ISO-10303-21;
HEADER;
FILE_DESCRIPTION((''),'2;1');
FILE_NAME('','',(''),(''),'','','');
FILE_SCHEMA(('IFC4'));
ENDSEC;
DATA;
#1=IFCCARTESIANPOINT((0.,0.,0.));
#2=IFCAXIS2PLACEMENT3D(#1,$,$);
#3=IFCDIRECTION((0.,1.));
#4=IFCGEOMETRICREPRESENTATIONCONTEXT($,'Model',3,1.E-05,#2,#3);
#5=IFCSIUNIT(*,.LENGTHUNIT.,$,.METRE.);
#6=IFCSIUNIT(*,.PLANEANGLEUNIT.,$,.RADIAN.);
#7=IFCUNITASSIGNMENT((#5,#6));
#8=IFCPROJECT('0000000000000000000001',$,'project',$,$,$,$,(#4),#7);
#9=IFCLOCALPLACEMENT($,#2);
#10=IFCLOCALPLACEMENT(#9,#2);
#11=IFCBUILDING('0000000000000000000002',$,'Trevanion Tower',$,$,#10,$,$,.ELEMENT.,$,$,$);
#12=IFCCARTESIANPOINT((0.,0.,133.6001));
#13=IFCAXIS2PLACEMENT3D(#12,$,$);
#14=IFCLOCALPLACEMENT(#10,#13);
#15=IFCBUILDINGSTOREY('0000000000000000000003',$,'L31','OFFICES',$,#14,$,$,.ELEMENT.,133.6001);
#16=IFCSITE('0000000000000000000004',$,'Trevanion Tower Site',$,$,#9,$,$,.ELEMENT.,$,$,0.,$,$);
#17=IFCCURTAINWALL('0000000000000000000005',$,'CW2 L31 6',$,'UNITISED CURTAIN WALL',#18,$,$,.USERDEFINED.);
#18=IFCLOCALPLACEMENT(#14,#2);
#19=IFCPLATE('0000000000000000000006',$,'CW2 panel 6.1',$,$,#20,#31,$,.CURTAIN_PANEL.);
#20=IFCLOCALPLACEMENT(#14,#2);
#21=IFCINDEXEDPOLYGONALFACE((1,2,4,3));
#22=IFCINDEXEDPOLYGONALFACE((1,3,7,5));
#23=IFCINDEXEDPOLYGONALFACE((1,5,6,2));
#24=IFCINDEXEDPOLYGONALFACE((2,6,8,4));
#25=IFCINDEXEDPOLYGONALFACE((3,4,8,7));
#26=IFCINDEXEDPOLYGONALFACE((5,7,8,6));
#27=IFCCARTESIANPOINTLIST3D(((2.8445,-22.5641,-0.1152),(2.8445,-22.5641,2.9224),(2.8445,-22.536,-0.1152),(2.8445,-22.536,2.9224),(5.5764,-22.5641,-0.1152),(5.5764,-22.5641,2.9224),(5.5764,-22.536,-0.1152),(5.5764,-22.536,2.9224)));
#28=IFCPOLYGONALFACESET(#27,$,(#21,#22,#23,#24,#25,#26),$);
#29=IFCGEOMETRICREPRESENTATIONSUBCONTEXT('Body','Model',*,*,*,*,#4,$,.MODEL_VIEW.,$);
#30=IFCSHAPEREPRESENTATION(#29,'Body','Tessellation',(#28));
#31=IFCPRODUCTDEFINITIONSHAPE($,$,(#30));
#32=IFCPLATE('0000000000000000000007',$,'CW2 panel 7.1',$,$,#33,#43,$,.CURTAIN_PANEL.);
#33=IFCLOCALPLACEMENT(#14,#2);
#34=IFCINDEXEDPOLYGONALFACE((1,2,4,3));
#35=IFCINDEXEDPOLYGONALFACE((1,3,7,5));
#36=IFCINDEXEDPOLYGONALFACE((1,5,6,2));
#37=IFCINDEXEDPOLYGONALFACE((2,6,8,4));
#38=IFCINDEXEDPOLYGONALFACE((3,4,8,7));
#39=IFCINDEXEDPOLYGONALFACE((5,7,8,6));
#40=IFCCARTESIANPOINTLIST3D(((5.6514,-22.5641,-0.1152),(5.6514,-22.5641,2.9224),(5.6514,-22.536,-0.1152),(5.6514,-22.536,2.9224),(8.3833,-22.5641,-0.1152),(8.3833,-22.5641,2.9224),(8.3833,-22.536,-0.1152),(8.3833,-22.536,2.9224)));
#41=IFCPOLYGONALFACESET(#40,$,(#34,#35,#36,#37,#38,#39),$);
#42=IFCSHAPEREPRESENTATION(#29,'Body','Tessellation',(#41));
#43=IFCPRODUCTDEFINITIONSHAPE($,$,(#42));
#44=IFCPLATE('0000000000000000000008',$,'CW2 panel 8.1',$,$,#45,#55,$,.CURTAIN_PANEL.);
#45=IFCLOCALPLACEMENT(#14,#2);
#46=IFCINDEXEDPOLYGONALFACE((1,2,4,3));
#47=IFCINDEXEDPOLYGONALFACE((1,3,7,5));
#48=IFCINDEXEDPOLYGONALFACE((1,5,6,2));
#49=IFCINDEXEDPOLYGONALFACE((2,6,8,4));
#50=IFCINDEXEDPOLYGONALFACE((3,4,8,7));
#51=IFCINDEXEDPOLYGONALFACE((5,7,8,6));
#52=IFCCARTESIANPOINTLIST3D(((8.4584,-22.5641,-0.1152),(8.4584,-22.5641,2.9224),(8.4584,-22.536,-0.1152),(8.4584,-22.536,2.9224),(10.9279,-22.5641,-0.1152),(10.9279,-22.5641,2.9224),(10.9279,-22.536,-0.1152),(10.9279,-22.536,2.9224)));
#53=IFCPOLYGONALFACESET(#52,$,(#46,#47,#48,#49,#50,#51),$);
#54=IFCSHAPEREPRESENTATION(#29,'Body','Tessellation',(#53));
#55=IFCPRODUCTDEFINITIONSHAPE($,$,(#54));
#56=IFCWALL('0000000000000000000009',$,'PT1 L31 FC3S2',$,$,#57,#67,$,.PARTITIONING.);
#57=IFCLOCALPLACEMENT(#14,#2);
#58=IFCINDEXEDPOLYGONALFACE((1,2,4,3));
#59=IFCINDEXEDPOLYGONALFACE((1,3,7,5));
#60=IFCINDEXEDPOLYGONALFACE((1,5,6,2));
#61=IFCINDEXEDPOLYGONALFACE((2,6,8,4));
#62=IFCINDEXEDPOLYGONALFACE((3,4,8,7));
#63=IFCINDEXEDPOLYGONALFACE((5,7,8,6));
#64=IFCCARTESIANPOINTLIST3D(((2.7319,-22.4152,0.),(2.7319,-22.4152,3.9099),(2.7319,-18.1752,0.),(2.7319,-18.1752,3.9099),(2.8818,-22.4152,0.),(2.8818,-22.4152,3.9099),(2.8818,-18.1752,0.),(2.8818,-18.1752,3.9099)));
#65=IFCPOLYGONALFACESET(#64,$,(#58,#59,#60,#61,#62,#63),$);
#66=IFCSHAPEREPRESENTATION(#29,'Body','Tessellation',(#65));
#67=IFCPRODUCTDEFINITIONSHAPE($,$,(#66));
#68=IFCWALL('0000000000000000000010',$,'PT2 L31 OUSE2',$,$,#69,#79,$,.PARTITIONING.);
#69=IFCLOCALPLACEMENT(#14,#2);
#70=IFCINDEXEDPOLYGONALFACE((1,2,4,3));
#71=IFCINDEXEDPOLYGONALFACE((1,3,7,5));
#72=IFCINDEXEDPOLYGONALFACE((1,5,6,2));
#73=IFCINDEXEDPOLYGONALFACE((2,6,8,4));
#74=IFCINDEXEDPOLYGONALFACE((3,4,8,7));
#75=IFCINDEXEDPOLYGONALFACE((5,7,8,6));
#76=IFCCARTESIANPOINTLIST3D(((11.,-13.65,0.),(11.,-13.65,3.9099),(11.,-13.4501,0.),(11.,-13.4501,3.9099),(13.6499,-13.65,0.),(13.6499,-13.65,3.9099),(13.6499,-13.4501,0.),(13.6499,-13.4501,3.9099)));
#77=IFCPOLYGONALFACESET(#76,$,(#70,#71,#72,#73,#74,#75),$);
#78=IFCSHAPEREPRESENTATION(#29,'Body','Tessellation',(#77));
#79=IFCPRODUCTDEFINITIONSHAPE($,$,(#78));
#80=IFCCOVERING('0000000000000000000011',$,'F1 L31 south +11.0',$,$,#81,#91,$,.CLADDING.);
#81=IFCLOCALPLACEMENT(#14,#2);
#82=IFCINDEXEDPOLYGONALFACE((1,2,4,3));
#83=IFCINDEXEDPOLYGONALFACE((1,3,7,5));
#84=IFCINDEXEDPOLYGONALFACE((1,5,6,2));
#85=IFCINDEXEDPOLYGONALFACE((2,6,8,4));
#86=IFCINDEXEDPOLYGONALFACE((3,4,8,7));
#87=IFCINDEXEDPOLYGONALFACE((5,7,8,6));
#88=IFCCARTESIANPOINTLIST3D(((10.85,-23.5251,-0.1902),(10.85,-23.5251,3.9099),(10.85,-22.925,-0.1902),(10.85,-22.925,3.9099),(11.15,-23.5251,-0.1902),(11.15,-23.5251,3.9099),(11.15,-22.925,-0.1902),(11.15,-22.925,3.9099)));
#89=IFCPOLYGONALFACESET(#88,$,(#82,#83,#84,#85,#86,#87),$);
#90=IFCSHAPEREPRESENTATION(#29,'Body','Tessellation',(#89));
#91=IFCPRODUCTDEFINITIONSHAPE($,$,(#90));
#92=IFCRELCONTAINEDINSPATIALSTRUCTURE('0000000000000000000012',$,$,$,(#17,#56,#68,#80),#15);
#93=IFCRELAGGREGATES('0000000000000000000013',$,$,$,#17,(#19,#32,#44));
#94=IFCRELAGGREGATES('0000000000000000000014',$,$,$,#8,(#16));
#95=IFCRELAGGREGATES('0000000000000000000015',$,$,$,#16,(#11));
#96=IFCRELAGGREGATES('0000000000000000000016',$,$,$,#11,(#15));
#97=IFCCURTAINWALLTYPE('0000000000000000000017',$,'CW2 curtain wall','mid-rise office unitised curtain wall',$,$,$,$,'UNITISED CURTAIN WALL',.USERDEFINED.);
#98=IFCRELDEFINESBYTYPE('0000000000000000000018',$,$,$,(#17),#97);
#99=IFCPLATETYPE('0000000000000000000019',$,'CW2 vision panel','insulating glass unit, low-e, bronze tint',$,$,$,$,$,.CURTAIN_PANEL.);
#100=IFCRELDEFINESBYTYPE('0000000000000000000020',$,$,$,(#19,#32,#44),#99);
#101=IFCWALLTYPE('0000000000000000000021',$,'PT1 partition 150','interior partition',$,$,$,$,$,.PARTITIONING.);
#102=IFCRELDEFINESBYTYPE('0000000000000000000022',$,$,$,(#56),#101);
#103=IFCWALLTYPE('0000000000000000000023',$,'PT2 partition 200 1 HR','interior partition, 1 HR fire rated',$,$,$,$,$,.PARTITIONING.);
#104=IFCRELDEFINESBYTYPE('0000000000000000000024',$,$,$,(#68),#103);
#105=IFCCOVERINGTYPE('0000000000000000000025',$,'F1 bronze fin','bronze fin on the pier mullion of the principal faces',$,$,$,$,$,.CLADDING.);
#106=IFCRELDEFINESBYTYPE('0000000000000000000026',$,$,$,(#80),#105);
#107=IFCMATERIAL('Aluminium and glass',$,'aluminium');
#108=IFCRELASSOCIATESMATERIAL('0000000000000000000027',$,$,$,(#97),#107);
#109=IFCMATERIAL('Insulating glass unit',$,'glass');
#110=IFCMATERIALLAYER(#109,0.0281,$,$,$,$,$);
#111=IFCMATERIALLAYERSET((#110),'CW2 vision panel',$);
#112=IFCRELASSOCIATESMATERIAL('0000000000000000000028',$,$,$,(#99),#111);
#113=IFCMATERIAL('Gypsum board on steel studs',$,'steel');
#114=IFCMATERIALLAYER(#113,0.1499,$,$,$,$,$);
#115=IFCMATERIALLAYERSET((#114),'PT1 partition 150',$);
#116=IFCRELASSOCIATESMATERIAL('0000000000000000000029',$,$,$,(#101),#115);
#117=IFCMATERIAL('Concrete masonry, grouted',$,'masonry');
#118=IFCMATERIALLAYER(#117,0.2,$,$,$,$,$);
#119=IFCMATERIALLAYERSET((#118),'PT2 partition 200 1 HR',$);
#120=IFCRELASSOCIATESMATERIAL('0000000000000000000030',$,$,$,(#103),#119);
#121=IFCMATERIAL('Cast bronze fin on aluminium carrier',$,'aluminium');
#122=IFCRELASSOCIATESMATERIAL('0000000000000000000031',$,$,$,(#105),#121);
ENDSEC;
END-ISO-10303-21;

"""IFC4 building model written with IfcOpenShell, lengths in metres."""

from ifc_helpers import new_model, si_unit, direction, frame, frame_2d, origin, origin_2d, place, context, subcontext, project, spatial, rectangle, extrude, material, layer, layer_set, type_object, element, aggregate, save


model = new_model("IFC4")

# Units and contexts
model_context = context("Model", 3, precision=1e-05, world=origin(), true_north=direction((0.0, 1.0)))
body_context = subcontext(model_context, "Body", "Model", "MODEL_VIEW")
ifc_project = project(units=[si_unit("LENGTHUNIT", "METRE"), si_unit("PLANEANGLEUNIT", "RADIAN")], contexts=[model_context])

# Site, building, storey
site_placement = place(None, origin())
site = spatial("IfcSite", under=ifc_project, at=site_placement, Name="Trevanion Tower Site", CompositionType="ELEMENT", RefElevation=0.0)
building_placement = place(site_placement, origin())
building = spatial("IfcBuilding", under=site, at=building_placement, Name="Trevanion Tower", CompositionType="ELEMENT")
storey_placement = place(building_placement, frame((0.0, 0.0, 133.6001)))
storey = spatial("IfcBuildingStorey", under=building, at=storey_placement, Name="L31", Description="OFFICES", CompositionType="ELEMENT", Elevation=133.6001)

# Curtain wall
ifc_material_1 = material(Name="Aluminium and glass", Category="aluminium")
curtain_wall_type = type_object("IfcCurtainWallType", Name="CW2 curtain wall", Description="mid-rise office unitised curtain wall", ElementType="UNITISED CURTAIN WALL", PredefinedType="USERDEFINED", material=ifc_material_1)
curtain_wall_1_placement = place(storey_placement, origin())
curtain_wall_1 = element("IfcCurtainWall", 1, at=curtain_wall_1_placement, inside=storey, type_object=curtain_wall_type, Name="CW2 L31 6", ObjectType="UNITISED CURTAIN WALL", PredefinedType="USERDEFINED")

# Plates
ifc_material_2 = material(Name="Insulating glass unit", Category="glass")
ifc_layer_1 = layer(ifc_material_2, 0.0281)
ifc_layer_set_1 = layer_set([ifc_layer_1], Name="CW2 vision panel")
plate_type_1 = type_object("IfcPlateType", Name="CW2 vision panel", Description="insulating glass unit, low-e, bronze tint", PredefinedType="CURTAIN_PANEL", material=ifc_layer_set_1)
plate_1_placement = place(storey_placement, frame((4.2104, -22.55, -0.1152), z_axis=(0.0, 0.0, 1.0), x_axis=(1.0, 0.0, 0.0)))
plate_1 = element("IfcPlate", 2, at=plate_1_placement, type_object=plate_type_1, Name="CW2 panel 6.1", PredefinedType="CURTAIN_PANEL", context=body_context, shape_type="SweptSolid", body=[
    extrude(rectangle(XDim=2.7319, YDim=0.0281, at=origin_2d()), origin(), (0.0, 0.0, 1.0), 3.0376),
])
plate_2_placement = place(storey_placement, frame((7.0173, -22.55, -0.1152), z_axis=(0.0, 0.0, 1.0), x_axis=(1.0, 0.0, 0.0)))
plate_2 = element("IfcPlate", 3, at=plate_2_placement, type_object=plate_type_1, Name="CW2 panel 7.1", PredefinedType="CURTAIN_PANEL", context=body_context, shape_type="SweptSolid", body=[
    extrude(rectangle(XDim=2.7319, YDim=0.0281, at=origin_2d()), origin(), (0.0, 0.0, 1.0), 3.0376),
])
plate_3_placement = place(storey_placement, frame((9.6931, -22.55, -0.1152), z_axis=(0.0, 0.0, 1.0), x_axis=(1.0, 0.0, 0.0)))
plate_3 = element("IfcPlate", 4, at=plate_3_placement, type_object=plate_type_1, Name="CW2 panel 8.1", PredefinedType="CURTAIN_PANEL", context=body_context, shape_type="SweptSolid", body=[
    extrude(rectangle(XDim=2.4695, YDim=0.0281, at=origin_2d()), origin(), (0.0, 0.0, 1.0), 3.0376),
])
aggregate(curtain_wall_1, [plate_1, plate_2, plate_3])

# Walls
ifc_material_3 = material(Name="Gypsum board on steel studs", Category="steel")
ifc_layer_2 = layer(ifc_material_3, 0.1499)
ifc_layer_set_2 = layer_set([ifc_layer_2], Name="PT1 partition 150")
wall_type_1 = type_object("IfcWallType", Name="PT1 partition 150", Description="interior partition", PredefinedType="PARTITIONING", material=ifc_layer_set_2)
wall_1_placement = place(storey_placement, frame((2.8069, -18.175, 0.0), z_axis=(0.0, 0.0, 1.0), x_axis=(0.0, -1.0, 0.0)))
element("IfcWall", 5, at=wall_1_placement, inside=storey, type_object=wall_type_1, Name="PT1 L31 FC3S2", PredefinedType="PARTITIONING", context=body_context, shape_type="SweptSolid", body=[
    extrude(rectangle(XDim=4.24, YDim=0.1499, at=frame_2d((2.1201, 0.0))), origin(), (0.0, 0.0, 1.0), 3.9099),
])
ifc_material_4 = material(Name="Concrete masonry, grouted", Category="masonry")
ifc_layer_3 = layer(ifc_material_4, 0.2)
ifc_layer_set_3 = layer_set([ifc_layer_3], Name="PT2 partition 200 1 HR")
wall_type_2 = type_object("IfcWallType", Name="PT2 partition 200 1 HR", Description="interior partition, 1 HR fire rated", PredefinedType="PARTITIONING", material=ifc_layer_set_3)
wall_2_placement = place(storey_placement, frame((11.0, -13.55, 0.0), z_axis=(0.0, 0.0, 1.0), x_axis=(1.0, 0.0, 0.0)))
element("IfcWall", 6, at=wall_2_placement, inside=storey, type_object=wall_type_2, Name="PT2 L31 OUSE2", PredefinedType="PARTITIONING", context=body_context, shape_type="SweptSolid", body=[
    extrude(rectangle(XDim=2.6499, YDim=0.2, at=frame_2d((1.325, 0.0))), origin(), (0.0, 0.0, 1.0), 3.9099),
])

# Covering
ifc_material_5 = material(Name="Cast bronze fin on aluminium carrier", Category="aluminium")
covering_type = type_object("IfcCoveringType", Name="F1 bronze fin", Description="bronze fin on the pier mullion of the principal faces", PredefinedType="CLADDING", material=ifc_material_5)
covering_placement = place(storey_placement, frame((11.0, -23.2251, -0.1902), z_axis=(0.0, 0.0, 1.0), x_axis=(1.0, 0.0, 0.0)))
element("IfcCovering", 7, at=covering_placement, inside=storey, type_object=covering_type, Name="F1 L31 south +11.0", PredefinedType="CLADDING", context=body_context, shape_type="SweptSolid", body=[
    extrude(rectangle(XDim=0.3, YDim=0.6001, at=origin_2d()), origin(), (0.0, 0.0, 1.0), 4.1001),
])

save(model, "model.ifc")
